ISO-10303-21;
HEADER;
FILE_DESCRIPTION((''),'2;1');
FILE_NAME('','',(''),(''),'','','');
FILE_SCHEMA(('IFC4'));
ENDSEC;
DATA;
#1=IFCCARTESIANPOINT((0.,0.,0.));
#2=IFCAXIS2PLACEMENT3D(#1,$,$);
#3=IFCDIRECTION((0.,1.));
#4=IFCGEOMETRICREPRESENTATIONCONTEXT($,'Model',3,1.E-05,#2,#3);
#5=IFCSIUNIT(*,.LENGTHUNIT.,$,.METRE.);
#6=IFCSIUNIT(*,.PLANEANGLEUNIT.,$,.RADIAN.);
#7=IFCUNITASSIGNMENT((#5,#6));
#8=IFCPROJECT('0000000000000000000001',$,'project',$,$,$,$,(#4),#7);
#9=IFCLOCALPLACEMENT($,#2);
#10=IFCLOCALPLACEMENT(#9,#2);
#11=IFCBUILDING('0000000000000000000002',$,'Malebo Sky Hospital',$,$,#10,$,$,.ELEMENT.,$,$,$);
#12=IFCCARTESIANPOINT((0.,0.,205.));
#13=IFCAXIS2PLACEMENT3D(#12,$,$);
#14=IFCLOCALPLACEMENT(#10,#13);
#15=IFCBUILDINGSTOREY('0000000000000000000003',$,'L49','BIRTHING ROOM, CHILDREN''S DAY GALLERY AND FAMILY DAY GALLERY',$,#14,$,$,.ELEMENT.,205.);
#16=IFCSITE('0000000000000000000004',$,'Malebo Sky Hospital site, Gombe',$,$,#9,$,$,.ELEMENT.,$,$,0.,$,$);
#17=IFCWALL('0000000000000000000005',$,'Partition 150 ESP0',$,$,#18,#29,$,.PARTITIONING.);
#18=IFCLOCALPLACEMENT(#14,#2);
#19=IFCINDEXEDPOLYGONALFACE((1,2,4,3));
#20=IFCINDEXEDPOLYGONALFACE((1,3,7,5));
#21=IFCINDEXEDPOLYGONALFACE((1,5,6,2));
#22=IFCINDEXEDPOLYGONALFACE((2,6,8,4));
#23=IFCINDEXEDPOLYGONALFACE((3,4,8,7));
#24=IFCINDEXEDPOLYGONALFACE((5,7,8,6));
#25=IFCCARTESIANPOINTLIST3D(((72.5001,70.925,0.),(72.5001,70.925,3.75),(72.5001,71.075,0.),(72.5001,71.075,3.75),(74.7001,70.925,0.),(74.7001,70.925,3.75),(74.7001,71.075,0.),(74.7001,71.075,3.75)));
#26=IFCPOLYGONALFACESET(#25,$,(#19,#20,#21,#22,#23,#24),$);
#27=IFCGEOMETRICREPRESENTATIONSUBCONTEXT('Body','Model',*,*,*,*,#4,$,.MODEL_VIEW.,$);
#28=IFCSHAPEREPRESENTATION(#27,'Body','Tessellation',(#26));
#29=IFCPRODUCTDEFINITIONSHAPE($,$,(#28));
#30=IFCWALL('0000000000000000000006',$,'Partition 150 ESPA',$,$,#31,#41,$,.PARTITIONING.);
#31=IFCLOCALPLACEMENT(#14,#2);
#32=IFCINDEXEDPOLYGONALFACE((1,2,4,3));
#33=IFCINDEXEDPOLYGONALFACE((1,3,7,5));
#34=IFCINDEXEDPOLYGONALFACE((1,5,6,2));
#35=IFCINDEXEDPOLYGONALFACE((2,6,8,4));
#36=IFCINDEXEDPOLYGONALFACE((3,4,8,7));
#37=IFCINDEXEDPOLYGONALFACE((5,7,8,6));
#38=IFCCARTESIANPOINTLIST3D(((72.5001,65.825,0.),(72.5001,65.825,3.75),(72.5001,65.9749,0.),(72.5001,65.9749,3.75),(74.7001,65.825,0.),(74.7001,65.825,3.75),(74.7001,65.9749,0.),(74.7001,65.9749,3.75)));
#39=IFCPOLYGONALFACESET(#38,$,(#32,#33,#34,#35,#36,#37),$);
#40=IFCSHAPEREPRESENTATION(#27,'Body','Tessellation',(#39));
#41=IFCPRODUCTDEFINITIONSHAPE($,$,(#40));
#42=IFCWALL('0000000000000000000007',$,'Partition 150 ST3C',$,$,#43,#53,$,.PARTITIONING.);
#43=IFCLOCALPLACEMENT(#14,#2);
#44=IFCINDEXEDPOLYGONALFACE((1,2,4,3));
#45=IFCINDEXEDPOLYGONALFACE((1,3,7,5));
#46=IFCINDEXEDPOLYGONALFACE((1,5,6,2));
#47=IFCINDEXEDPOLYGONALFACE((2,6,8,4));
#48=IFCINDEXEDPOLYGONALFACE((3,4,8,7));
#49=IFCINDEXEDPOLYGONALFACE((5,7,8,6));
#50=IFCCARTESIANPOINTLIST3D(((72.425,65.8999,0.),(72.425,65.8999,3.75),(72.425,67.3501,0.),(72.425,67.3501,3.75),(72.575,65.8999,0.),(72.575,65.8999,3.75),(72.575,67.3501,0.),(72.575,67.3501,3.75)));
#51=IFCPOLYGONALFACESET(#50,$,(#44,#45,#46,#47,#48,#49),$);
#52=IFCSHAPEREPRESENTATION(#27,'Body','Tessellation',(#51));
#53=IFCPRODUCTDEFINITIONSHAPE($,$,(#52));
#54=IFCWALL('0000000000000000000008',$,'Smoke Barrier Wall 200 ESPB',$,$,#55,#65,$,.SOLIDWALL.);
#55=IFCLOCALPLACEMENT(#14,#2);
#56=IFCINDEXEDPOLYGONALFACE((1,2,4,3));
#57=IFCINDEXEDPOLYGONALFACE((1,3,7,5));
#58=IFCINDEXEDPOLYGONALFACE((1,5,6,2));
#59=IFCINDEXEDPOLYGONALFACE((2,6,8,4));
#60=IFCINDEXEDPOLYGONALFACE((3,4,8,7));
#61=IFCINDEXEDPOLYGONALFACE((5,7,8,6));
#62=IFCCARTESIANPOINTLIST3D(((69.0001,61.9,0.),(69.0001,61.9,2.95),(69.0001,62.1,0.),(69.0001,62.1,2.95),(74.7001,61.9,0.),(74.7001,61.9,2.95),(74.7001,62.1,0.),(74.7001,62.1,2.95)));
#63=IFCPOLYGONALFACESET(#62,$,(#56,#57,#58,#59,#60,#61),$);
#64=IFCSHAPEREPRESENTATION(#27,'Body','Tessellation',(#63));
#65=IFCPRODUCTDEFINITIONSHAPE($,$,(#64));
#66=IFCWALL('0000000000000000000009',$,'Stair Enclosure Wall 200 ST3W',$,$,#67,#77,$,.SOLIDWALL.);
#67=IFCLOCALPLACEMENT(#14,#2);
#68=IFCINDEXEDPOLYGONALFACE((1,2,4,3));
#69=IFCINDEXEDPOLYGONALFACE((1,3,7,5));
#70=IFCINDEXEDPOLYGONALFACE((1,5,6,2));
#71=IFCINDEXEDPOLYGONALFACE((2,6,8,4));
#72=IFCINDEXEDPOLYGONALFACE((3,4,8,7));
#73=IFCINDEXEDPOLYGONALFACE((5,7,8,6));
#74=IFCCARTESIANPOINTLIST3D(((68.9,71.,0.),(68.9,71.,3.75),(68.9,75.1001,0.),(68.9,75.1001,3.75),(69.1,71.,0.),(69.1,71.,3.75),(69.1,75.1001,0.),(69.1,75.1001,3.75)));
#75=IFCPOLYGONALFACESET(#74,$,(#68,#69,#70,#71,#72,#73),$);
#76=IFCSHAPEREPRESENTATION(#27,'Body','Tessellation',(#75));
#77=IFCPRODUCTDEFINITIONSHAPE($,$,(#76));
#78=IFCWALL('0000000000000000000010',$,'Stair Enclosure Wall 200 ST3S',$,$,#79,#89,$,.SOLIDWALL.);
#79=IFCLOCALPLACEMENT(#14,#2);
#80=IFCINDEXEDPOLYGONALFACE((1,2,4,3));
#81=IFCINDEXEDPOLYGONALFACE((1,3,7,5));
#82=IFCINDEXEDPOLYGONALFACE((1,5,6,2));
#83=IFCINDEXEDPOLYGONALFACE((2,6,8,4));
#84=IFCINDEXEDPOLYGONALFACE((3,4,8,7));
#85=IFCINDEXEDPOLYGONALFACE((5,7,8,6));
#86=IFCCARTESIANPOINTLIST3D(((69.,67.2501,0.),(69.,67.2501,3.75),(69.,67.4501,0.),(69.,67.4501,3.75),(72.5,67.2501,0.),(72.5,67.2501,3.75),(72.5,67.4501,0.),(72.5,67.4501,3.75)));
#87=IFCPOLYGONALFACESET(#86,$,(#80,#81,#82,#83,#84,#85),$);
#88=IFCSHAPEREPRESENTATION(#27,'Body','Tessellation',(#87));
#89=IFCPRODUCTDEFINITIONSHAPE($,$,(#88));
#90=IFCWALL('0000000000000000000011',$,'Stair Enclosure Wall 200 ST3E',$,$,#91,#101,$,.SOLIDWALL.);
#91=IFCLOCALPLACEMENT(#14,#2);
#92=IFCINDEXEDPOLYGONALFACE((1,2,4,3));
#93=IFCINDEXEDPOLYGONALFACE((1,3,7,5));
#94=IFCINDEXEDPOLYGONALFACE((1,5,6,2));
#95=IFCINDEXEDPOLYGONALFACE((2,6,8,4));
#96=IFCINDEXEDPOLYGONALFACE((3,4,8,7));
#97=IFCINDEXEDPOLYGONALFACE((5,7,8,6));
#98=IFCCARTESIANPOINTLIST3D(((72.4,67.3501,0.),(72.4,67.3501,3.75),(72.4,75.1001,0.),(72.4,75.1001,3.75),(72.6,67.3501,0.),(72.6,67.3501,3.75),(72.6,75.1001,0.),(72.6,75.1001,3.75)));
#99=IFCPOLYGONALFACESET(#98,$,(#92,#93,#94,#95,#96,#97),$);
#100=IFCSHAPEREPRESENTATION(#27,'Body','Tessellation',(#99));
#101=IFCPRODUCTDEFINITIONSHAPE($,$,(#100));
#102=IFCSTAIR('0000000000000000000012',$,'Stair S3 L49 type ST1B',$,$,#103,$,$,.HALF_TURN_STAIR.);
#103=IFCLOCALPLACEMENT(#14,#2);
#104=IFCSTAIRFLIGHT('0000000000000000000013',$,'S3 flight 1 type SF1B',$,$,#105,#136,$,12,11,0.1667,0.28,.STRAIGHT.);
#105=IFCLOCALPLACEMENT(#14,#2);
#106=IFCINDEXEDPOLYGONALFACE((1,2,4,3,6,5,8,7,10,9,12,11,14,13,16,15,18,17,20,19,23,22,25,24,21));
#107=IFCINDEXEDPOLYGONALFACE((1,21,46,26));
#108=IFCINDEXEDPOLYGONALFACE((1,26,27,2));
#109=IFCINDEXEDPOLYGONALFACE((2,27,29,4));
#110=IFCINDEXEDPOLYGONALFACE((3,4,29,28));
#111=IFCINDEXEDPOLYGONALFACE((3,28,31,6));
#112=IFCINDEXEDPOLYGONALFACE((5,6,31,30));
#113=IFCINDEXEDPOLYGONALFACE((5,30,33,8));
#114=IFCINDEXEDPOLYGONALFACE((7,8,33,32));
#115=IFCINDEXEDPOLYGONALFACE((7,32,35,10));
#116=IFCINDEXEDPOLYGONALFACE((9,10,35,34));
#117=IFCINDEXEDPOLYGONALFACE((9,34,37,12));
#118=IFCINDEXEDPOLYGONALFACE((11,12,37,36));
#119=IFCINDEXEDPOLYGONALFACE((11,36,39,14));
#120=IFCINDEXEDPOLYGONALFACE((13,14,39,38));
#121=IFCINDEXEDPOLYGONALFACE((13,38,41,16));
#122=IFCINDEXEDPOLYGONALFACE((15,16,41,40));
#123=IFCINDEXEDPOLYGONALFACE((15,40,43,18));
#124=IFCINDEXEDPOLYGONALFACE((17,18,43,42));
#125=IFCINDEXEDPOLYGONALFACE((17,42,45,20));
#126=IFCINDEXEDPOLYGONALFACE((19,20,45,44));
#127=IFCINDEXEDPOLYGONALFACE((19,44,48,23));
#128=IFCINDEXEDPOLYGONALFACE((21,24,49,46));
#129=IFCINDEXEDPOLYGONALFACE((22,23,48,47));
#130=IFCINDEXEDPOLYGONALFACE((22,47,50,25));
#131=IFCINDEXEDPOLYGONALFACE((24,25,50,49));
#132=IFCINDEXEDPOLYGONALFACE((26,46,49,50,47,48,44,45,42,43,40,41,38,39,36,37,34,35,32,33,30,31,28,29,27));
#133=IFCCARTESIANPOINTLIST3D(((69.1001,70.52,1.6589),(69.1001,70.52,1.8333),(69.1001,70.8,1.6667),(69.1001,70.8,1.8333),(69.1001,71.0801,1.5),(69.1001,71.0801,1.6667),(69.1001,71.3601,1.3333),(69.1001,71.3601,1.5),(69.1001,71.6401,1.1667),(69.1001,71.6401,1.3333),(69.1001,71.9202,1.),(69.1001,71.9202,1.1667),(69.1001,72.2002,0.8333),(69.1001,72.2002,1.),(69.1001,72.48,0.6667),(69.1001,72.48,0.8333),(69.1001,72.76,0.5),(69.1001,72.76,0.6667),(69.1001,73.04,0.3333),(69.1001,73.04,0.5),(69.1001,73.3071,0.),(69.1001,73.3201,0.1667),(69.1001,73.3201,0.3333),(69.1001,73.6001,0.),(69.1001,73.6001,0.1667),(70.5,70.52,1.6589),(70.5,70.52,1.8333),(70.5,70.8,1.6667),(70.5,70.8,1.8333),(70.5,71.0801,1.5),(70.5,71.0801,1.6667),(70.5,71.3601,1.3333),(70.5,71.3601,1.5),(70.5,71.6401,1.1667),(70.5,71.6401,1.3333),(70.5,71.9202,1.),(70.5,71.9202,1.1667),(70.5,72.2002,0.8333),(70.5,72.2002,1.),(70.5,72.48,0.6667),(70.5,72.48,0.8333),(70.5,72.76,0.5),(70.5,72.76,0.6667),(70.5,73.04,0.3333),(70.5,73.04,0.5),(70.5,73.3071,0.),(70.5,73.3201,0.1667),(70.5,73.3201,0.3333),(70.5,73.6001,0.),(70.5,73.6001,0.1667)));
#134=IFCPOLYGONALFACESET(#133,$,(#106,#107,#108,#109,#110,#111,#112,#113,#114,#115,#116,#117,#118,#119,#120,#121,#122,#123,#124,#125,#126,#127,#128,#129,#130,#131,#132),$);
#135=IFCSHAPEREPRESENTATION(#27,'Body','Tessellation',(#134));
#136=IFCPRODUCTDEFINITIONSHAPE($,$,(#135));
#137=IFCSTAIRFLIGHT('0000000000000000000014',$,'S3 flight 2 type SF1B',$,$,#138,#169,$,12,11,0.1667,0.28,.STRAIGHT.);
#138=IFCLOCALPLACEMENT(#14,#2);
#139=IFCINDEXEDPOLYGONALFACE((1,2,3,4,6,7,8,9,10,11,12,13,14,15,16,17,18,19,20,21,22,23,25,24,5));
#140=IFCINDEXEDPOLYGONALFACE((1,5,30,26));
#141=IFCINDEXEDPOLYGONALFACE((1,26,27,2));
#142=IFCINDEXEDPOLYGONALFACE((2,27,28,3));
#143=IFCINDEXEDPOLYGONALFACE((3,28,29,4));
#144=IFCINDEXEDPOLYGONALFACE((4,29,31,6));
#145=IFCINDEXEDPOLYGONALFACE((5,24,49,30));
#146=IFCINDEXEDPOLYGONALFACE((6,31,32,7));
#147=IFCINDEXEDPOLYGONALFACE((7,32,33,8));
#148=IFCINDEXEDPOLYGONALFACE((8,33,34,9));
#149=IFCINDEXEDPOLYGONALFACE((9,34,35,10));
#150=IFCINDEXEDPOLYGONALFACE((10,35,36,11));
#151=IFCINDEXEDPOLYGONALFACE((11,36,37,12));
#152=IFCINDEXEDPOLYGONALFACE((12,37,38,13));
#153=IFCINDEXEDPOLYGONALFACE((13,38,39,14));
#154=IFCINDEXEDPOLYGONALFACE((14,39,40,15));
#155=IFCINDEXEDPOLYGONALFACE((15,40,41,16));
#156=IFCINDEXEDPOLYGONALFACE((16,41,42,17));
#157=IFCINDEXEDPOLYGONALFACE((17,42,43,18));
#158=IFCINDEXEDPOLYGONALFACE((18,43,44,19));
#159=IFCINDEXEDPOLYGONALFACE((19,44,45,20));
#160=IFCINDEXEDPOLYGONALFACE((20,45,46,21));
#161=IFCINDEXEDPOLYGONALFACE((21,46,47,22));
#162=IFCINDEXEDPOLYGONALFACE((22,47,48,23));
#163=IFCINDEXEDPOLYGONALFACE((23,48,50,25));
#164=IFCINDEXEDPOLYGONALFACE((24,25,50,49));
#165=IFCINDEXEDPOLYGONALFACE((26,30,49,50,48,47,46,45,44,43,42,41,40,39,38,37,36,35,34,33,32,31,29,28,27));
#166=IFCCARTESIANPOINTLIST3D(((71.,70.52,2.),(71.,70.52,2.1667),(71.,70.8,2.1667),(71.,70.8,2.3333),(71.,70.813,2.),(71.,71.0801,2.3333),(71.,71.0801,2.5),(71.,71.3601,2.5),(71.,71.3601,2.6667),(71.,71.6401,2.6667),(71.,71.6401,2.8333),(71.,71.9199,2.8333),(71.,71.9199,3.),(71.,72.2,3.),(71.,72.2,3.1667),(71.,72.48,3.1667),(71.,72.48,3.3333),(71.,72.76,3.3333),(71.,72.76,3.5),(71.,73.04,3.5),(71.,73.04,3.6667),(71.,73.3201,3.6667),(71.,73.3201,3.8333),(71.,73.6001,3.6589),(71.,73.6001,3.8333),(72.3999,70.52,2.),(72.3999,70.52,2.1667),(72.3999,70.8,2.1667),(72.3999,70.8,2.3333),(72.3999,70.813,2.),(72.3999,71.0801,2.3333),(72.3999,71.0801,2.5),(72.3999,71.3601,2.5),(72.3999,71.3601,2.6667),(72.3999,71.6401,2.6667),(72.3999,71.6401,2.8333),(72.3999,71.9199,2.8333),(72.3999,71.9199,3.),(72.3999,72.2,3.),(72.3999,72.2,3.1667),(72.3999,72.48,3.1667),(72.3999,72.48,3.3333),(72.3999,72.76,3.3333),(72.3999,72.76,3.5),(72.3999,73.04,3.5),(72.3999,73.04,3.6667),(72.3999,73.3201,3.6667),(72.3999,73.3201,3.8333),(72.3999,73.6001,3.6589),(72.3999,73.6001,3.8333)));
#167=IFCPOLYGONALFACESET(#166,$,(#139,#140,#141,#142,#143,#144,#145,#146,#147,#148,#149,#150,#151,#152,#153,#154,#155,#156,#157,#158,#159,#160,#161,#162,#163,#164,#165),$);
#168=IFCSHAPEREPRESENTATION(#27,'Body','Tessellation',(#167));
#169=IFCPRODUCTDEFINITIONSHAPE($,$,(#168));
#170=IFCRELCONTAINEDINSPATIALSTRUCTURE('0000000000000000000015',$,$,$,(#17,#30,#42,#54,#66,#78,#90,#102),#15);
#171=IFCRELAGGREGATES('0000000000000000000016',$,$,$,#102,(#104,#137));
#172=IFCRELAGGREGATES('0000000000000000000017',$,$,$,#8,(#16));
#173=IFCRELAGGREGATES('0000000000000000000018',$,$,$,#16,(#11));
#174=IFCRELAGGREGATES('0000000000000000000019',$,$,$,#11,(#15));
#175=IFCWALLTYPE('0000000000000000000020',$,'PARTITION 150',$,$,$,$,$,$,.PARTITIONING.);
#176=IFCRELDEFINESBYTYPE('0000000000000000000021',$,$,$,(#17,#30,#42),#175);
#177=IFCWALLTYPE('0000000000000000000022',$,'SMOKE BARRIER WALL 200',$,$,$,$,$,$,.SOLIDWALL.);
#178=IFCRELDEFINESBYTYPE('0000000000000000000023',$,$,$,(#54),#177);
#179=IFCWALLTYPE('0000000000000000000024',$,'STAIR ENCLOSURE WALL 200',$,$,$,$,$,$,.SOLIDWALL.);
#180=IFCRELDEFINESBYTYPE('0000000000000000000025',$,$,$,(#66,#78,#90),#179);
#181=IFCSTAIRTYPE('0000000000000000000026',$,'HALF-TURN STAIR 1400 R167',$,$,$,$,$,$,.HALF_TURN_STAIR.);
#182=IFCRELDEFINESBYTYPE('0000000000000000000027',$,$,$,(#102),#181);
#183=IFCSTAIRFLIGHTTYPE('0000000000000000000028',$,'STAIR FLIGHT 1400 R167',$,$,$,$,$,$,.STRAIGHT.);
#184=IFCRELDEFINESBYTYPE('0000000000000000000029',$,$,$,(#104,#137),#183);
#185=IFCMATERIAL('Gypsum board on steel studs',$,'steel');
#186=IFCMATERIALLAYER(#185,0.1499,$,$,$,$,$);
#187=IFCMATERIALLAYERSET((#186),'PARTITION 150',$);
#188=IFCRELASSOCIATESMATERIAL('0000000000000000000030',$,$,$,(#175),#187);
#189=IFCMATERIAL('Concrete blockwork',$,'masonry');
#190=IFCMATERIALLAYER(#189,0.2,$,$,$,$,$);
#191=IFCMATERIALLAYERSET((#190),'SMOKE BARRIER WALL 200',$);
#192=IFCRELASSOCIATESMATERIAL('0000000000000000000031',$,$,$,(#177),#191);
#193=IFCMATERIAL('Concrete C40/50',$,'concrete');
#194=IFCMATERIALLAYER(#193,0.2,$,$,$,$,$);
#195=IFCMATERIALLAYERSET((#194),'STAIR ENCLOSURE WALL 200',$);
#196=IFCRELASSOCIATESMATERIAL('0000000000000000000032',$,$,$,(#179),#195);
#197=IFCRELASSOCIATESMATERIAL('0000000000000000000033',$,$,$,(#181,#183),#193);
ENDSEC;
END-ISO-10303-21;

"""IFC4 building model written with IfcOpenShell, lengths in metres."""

from ifc_helpers import new_model, si_unit, direction, frame, frame_2d, origin, place, context, subcontext, project, spatial, polyline, rectangle, outline, extrude, material, layer, layer_set, type_object, element, aggregate, save


model = new_model("IFC4")

# Units and contexts
model_context = context("Model", 3, precision=1e-05, world=origin(), true_north=direction((0.0, 1.0)))
body_context = subcontext(model_context, "Body", "Model", "MODEL_VIEW")
ifc_project = project(units=[si_unit("LENGTHUNIT", "METRE"), si_unit("PLANEANGLEUNIT", "RADIAN")], contexts=[model_context])

# Site, building, storey
site_placement = place(None, origin())
site = spatial("IfcSite", under=ifc_project, at=site_placement, Name="Malebo Sky Hospital site, Gombe", CompositionType="ELEMENT", RefElevation=0.0)
building_placement = place(site_placement, origin())
building = spatial("IfcBuilding", under=site, at=building_placement, Name="Malebo Sky Hospital", CompositionType="ELEMENT")
storey_placement = place(building_placement, frame((0.0, 0.0, 205.0)))
storey = spatial("IfcBuildingStorey", under=building, at=storey_placement, Name="L49", Description="BIRTHING ROOM, CHILDREN'S DAY GALLERY AND FAMILY DAY GALLERY", CompositionType="ELEMENT", Elevation=205.0)

# Shared definitions
ifc_material_1 = material(Name="Gypsum board on steel studs", Category="steel")

# Shared definitions
ifc_layer_1 = layer(ifc_material_1, 0.1499)
ifc_layer_set_1 = layer_set([ifc_layer_1], Name="PARTITION 150")
wall_type_1 = type_object("IfcWallType", Name="PARTITION 150", PredefinedType="PARTITIONING", material=ifc_layer_set_1)

# Walls
for number, where, z_axis, x_axis, name in (
    (1, (72.5, 71.0, 0.0), (0.0, 0.0, 1.0), (1.0, 0.0, 0.0), "Partition 150 ESP0"),
    (2, (72.5, 65.8999, 0.0), (0.0, 0.0, 1.0), (1.0, 0.0, 0.0), "Partition 150 ESPA"),
):
    element("IfcWall", number, at=place(storey_placement, frame(where, z_axis=z_axis, x_axis=x_axis)), inside=storey, type_object=wall_type_1, Name=name, PredefinedType="PARTITIONING", context=body_context, shape_type="SweptSolid", body=[
        extrude(rectangle(XDim=2.2, YDim=0.1499, at=frame_2d((1.1001, 0.0))), origin(), (0.0, 0.0, 1.0), 3.75),
    ])
wall_1_placement = place(storey_placement, frame((72.5, 65.8999, 0.0), z_axis=(0.0, 0.0, 1.0), x_axis=(0.0, 1.0, 0.0)))
element("IfcWall", 3, at=wall_1_placement, inside=storey, type_object=wall_type_1, Name="Partition 150 ST3C", PredefinedType="PARTITIONING", context=body_context, shape_type="SweptSolid", body=[
    extrude(rectangle(XDim=1.4502, YDim=0.1499, at=frame_2d((0.7251, 0.0))), origin(), (0.0, 0.0, 1.0), 3.75),
])
ifc_material_2 = material(Name="Concrete blockwork", Category="masonry")
ifc_layer_2 = layer(ifc_material_2, 0.2)
ifc_layer_set_2 = layer_set([ifc_layer_2], Name="SMOKE BARRIER WALL 200")
wall_type_2 = type_object("IfcWallType", Name="SMOKE BARRIER WALL 200", PredefinedType="SOLIDWALL", material=ifc_layer_set_2)
wall_2_placement = place(storey_placement, frame((69.0, 62.0, 0.0), z_axis=(0.0, 0.0, 1.0), x_axis=(1.0, 0.0, 0.0)))
element("IfcWall", 4, at=wall_2_placement, inside=storey, type_object=wall_type_2, Name="Smoke Barrier Wall 200 ESPB", PredefinedType="SOLIDWALL", context=body_context, shape_type="SweptSolid", body=[
    extrude(rectangle(XDim=5.7, YDim=0.2, at=frame_2d((2.8501, 0.0))), origin(), (0.0, 0.0, 1.0), 2.95),
])
ifc_material_3 = material(Name="Concrete C40/50", Category="concrete")
ifc_layer_3 = layer(ifc_material_3, 0.2)
ifc_layer_set_3 = layer_set([ifc_layer_3], Name="STAIR ENCLOSURE WALL 200")
wall_type_3 = type_object("IfcWallType", Name="STAIR ENCLOSURE WALL 200", PredefinedType="SOLIDWALL", material=ifc_layer_set_3)
wall_3_placement = place(storey_placement, frame((69.0, 71.0, 0.0), z_axis=(0.0, 0.0, 1.0), x_axis=(0.0, 1.0, 0.0)))
element("IfcWall", 5, at=wall_3_placement, inside=storey, type_object=wall_type_3, Name="Stair Enclosure Wall 200 ST3W", PredefinedType="SOLIDWALL", context=body_context, shape_type="SweptSolid", body=[
    extrude(rectangle(XDim=4.1001, YDim=0.2, at=frame_2d((2.05, 0.0))), origin(), (0.0, 0.0, 1.0), 3.75),
])
wall_4_placement = place(storey_placement, frame((69.0, 67.3501, 0.0), z_axis=(0.0, 0.0, 1.0), x_axis=(1.0, 0.0, 0.0)))
element("IfcWall", 6, at=wall_4_placement, inside=storey, type_object=wall_type_3, Name="Stair Enclosure Wall 200 ST3S", PredefinedType="SOLIDWALL", context=body_context, shape_type="SweptSolid", body=[
    extrude(rectangle(XDim=3.5, YDim=0.2, at=frame_2d((1.75, 0.0))), origin(), (0.0, 0.0, 1.0), 3.75),
])
wall_5_placement = place(storey_placement, frame((72.5, 67.3501, 0.0), z_axis=(0.0, 0.0, 1.0), x_axis=(0.0, 1.0, 0.0)))
element("IfcWall", 7, at=wall_5_placement, inside=storey, type_object=wall_type_3, Name="Stair Enclosure Wall 200 ST3E", PredefinedType="SOLIDWALL", context=body_context, shape_type="SweptSolid", body=[
    extrude(rectangle(XDim=7.75, YDim=0.2, at=frame_2d((3.875, 0.0))), origin(), (0.0, 0.0, 1.0), 3.75),
])

# Stair, stair flights
stair_type = type_object("IfcStairType", Name="HALF-TURN STAIR 1400 R167", PredefinedType="HALF_TURN_STAIR", material=ifc_material_3)
stair_placement = place(storey_placement, origin())
stair = element("IfcStair", 8, at=stair_placement, inside=storey, type_object=stair_type, Name="Stair S3 L49 type ST1B", PredefinedType="HALF_TURN_STAIR")
stair_flight_type = type_object("IfcStairFlightType", Name="STAIR FLIGHT 1400 R167", PredefinedType="STRAIGHT", material=ifc_material_3)
stair_flight_1_placement = place(storey_placement, frame((69.8, 73.6001, 0.0), z_axis=(0.0, 0.0, 1.0), x_axis=(0.0, -1.0, 0.0)))
stair_flight_1 = element("IfcStairFlight", 9, at=stair_flight_1_placement, type_object=stair_flight_type, Name="S3 flight 1 type SF1B", NumberOfRisers=12, NumberOfTreads=11, PredefinedType="STRAIGHT", RiserHeight=0.1667, TreadLength=0.28, context=body_context, shape_type="SweptSolid", body=[
    extrude(outline(polyline([(0.0, 0.0), (0.0, 0.1667), (0.28, 0.1667), (0.28, 0.3333), (0.5601, 0.3333), (0.5601, 0.5), (0.8401, 0.5), (0.8401, 0.6667), (1.1201, 0.6667), (1.1201, 0.8333), (1.3999, 0.8333), (1.3999, 1.0), (1.6799, 1.0), (1.6799, 1.1667), (1.96, 1.1667), (1.96, 1.3333), (2.24, 1.3333), (2.24, 1.5), (2.52, 1.5), (2.52, 1.6667), (2.8, 1.6667), (2.8, 1.8333), (3.0801, 1.8333), (3.0801, 2.0), (3.0801, 1.6589), (0.293, 0.0), (0.0, 0.0)])), frame((0.0, 0.7, 0.0), z_axis=(0.0, -1.0, 0.0), x_axis=(1.0, 0.0, 0.0)), (0.0, 0.0, 1.0), 1.3999),
])
stair_flight_2_placement = place(storey_placement, frame((71.7, 70.52, 2.0), z_axis=(0.0, 0.0, 1.0), x_axis=(0.0, 1.0, 0.0)))
stair_flight_2 = element("IfcStairFlight", 10, at=stair_flight_2_placement, type_object=stair_flight_type, Name="S3 flight 2 type SF1B", NumberOfRisers=12, NumberOfTreads=11, PredefinedType="STRAIGHT", RiserHeight=0.1667, TreadLength=0.28, context=body_context, shape_type="SweptSolid", body=[
    extrude(outline(polyline([(0.0, 0.0), (0.0, 0.1667), (0.28, 0.1667), (0.28, 0.3333), (0.5601, 0.3333), (0.5601, 0.5), (0.8401, 0.5), (0.8401, 0.6667), (1.1201, 0.6667), (1.1201, 0.8333), (1.3999, 0.8333), (1.3999, 1.0), (1.6799, 1.0), (1.6799, 1.1667), (1.96, 1.1667), (1.96, 1.3333), (2.24, 1.3333), (2.24, 1.5), (2.52, 1.5), (2.52, 1.6667), (2.8, 1.6667), (2.8, 1.8333), (3.0801, 1.8333), (3.0801, 2.0), (3.0801, 1.6589), (0.293, 0.0), (0.0, 0.0)])), frame((0.0, 0.7, 0.0), z_axis=(0.0, -1.0, 0.0), x_axis=(1.0, 0.0, 0.0)), (0.0, 0.0, 1.0), 1.3999),
])
aggregate(stair, [stair_flight_1, stair_flight_2])

save(model, "model.ifc")
